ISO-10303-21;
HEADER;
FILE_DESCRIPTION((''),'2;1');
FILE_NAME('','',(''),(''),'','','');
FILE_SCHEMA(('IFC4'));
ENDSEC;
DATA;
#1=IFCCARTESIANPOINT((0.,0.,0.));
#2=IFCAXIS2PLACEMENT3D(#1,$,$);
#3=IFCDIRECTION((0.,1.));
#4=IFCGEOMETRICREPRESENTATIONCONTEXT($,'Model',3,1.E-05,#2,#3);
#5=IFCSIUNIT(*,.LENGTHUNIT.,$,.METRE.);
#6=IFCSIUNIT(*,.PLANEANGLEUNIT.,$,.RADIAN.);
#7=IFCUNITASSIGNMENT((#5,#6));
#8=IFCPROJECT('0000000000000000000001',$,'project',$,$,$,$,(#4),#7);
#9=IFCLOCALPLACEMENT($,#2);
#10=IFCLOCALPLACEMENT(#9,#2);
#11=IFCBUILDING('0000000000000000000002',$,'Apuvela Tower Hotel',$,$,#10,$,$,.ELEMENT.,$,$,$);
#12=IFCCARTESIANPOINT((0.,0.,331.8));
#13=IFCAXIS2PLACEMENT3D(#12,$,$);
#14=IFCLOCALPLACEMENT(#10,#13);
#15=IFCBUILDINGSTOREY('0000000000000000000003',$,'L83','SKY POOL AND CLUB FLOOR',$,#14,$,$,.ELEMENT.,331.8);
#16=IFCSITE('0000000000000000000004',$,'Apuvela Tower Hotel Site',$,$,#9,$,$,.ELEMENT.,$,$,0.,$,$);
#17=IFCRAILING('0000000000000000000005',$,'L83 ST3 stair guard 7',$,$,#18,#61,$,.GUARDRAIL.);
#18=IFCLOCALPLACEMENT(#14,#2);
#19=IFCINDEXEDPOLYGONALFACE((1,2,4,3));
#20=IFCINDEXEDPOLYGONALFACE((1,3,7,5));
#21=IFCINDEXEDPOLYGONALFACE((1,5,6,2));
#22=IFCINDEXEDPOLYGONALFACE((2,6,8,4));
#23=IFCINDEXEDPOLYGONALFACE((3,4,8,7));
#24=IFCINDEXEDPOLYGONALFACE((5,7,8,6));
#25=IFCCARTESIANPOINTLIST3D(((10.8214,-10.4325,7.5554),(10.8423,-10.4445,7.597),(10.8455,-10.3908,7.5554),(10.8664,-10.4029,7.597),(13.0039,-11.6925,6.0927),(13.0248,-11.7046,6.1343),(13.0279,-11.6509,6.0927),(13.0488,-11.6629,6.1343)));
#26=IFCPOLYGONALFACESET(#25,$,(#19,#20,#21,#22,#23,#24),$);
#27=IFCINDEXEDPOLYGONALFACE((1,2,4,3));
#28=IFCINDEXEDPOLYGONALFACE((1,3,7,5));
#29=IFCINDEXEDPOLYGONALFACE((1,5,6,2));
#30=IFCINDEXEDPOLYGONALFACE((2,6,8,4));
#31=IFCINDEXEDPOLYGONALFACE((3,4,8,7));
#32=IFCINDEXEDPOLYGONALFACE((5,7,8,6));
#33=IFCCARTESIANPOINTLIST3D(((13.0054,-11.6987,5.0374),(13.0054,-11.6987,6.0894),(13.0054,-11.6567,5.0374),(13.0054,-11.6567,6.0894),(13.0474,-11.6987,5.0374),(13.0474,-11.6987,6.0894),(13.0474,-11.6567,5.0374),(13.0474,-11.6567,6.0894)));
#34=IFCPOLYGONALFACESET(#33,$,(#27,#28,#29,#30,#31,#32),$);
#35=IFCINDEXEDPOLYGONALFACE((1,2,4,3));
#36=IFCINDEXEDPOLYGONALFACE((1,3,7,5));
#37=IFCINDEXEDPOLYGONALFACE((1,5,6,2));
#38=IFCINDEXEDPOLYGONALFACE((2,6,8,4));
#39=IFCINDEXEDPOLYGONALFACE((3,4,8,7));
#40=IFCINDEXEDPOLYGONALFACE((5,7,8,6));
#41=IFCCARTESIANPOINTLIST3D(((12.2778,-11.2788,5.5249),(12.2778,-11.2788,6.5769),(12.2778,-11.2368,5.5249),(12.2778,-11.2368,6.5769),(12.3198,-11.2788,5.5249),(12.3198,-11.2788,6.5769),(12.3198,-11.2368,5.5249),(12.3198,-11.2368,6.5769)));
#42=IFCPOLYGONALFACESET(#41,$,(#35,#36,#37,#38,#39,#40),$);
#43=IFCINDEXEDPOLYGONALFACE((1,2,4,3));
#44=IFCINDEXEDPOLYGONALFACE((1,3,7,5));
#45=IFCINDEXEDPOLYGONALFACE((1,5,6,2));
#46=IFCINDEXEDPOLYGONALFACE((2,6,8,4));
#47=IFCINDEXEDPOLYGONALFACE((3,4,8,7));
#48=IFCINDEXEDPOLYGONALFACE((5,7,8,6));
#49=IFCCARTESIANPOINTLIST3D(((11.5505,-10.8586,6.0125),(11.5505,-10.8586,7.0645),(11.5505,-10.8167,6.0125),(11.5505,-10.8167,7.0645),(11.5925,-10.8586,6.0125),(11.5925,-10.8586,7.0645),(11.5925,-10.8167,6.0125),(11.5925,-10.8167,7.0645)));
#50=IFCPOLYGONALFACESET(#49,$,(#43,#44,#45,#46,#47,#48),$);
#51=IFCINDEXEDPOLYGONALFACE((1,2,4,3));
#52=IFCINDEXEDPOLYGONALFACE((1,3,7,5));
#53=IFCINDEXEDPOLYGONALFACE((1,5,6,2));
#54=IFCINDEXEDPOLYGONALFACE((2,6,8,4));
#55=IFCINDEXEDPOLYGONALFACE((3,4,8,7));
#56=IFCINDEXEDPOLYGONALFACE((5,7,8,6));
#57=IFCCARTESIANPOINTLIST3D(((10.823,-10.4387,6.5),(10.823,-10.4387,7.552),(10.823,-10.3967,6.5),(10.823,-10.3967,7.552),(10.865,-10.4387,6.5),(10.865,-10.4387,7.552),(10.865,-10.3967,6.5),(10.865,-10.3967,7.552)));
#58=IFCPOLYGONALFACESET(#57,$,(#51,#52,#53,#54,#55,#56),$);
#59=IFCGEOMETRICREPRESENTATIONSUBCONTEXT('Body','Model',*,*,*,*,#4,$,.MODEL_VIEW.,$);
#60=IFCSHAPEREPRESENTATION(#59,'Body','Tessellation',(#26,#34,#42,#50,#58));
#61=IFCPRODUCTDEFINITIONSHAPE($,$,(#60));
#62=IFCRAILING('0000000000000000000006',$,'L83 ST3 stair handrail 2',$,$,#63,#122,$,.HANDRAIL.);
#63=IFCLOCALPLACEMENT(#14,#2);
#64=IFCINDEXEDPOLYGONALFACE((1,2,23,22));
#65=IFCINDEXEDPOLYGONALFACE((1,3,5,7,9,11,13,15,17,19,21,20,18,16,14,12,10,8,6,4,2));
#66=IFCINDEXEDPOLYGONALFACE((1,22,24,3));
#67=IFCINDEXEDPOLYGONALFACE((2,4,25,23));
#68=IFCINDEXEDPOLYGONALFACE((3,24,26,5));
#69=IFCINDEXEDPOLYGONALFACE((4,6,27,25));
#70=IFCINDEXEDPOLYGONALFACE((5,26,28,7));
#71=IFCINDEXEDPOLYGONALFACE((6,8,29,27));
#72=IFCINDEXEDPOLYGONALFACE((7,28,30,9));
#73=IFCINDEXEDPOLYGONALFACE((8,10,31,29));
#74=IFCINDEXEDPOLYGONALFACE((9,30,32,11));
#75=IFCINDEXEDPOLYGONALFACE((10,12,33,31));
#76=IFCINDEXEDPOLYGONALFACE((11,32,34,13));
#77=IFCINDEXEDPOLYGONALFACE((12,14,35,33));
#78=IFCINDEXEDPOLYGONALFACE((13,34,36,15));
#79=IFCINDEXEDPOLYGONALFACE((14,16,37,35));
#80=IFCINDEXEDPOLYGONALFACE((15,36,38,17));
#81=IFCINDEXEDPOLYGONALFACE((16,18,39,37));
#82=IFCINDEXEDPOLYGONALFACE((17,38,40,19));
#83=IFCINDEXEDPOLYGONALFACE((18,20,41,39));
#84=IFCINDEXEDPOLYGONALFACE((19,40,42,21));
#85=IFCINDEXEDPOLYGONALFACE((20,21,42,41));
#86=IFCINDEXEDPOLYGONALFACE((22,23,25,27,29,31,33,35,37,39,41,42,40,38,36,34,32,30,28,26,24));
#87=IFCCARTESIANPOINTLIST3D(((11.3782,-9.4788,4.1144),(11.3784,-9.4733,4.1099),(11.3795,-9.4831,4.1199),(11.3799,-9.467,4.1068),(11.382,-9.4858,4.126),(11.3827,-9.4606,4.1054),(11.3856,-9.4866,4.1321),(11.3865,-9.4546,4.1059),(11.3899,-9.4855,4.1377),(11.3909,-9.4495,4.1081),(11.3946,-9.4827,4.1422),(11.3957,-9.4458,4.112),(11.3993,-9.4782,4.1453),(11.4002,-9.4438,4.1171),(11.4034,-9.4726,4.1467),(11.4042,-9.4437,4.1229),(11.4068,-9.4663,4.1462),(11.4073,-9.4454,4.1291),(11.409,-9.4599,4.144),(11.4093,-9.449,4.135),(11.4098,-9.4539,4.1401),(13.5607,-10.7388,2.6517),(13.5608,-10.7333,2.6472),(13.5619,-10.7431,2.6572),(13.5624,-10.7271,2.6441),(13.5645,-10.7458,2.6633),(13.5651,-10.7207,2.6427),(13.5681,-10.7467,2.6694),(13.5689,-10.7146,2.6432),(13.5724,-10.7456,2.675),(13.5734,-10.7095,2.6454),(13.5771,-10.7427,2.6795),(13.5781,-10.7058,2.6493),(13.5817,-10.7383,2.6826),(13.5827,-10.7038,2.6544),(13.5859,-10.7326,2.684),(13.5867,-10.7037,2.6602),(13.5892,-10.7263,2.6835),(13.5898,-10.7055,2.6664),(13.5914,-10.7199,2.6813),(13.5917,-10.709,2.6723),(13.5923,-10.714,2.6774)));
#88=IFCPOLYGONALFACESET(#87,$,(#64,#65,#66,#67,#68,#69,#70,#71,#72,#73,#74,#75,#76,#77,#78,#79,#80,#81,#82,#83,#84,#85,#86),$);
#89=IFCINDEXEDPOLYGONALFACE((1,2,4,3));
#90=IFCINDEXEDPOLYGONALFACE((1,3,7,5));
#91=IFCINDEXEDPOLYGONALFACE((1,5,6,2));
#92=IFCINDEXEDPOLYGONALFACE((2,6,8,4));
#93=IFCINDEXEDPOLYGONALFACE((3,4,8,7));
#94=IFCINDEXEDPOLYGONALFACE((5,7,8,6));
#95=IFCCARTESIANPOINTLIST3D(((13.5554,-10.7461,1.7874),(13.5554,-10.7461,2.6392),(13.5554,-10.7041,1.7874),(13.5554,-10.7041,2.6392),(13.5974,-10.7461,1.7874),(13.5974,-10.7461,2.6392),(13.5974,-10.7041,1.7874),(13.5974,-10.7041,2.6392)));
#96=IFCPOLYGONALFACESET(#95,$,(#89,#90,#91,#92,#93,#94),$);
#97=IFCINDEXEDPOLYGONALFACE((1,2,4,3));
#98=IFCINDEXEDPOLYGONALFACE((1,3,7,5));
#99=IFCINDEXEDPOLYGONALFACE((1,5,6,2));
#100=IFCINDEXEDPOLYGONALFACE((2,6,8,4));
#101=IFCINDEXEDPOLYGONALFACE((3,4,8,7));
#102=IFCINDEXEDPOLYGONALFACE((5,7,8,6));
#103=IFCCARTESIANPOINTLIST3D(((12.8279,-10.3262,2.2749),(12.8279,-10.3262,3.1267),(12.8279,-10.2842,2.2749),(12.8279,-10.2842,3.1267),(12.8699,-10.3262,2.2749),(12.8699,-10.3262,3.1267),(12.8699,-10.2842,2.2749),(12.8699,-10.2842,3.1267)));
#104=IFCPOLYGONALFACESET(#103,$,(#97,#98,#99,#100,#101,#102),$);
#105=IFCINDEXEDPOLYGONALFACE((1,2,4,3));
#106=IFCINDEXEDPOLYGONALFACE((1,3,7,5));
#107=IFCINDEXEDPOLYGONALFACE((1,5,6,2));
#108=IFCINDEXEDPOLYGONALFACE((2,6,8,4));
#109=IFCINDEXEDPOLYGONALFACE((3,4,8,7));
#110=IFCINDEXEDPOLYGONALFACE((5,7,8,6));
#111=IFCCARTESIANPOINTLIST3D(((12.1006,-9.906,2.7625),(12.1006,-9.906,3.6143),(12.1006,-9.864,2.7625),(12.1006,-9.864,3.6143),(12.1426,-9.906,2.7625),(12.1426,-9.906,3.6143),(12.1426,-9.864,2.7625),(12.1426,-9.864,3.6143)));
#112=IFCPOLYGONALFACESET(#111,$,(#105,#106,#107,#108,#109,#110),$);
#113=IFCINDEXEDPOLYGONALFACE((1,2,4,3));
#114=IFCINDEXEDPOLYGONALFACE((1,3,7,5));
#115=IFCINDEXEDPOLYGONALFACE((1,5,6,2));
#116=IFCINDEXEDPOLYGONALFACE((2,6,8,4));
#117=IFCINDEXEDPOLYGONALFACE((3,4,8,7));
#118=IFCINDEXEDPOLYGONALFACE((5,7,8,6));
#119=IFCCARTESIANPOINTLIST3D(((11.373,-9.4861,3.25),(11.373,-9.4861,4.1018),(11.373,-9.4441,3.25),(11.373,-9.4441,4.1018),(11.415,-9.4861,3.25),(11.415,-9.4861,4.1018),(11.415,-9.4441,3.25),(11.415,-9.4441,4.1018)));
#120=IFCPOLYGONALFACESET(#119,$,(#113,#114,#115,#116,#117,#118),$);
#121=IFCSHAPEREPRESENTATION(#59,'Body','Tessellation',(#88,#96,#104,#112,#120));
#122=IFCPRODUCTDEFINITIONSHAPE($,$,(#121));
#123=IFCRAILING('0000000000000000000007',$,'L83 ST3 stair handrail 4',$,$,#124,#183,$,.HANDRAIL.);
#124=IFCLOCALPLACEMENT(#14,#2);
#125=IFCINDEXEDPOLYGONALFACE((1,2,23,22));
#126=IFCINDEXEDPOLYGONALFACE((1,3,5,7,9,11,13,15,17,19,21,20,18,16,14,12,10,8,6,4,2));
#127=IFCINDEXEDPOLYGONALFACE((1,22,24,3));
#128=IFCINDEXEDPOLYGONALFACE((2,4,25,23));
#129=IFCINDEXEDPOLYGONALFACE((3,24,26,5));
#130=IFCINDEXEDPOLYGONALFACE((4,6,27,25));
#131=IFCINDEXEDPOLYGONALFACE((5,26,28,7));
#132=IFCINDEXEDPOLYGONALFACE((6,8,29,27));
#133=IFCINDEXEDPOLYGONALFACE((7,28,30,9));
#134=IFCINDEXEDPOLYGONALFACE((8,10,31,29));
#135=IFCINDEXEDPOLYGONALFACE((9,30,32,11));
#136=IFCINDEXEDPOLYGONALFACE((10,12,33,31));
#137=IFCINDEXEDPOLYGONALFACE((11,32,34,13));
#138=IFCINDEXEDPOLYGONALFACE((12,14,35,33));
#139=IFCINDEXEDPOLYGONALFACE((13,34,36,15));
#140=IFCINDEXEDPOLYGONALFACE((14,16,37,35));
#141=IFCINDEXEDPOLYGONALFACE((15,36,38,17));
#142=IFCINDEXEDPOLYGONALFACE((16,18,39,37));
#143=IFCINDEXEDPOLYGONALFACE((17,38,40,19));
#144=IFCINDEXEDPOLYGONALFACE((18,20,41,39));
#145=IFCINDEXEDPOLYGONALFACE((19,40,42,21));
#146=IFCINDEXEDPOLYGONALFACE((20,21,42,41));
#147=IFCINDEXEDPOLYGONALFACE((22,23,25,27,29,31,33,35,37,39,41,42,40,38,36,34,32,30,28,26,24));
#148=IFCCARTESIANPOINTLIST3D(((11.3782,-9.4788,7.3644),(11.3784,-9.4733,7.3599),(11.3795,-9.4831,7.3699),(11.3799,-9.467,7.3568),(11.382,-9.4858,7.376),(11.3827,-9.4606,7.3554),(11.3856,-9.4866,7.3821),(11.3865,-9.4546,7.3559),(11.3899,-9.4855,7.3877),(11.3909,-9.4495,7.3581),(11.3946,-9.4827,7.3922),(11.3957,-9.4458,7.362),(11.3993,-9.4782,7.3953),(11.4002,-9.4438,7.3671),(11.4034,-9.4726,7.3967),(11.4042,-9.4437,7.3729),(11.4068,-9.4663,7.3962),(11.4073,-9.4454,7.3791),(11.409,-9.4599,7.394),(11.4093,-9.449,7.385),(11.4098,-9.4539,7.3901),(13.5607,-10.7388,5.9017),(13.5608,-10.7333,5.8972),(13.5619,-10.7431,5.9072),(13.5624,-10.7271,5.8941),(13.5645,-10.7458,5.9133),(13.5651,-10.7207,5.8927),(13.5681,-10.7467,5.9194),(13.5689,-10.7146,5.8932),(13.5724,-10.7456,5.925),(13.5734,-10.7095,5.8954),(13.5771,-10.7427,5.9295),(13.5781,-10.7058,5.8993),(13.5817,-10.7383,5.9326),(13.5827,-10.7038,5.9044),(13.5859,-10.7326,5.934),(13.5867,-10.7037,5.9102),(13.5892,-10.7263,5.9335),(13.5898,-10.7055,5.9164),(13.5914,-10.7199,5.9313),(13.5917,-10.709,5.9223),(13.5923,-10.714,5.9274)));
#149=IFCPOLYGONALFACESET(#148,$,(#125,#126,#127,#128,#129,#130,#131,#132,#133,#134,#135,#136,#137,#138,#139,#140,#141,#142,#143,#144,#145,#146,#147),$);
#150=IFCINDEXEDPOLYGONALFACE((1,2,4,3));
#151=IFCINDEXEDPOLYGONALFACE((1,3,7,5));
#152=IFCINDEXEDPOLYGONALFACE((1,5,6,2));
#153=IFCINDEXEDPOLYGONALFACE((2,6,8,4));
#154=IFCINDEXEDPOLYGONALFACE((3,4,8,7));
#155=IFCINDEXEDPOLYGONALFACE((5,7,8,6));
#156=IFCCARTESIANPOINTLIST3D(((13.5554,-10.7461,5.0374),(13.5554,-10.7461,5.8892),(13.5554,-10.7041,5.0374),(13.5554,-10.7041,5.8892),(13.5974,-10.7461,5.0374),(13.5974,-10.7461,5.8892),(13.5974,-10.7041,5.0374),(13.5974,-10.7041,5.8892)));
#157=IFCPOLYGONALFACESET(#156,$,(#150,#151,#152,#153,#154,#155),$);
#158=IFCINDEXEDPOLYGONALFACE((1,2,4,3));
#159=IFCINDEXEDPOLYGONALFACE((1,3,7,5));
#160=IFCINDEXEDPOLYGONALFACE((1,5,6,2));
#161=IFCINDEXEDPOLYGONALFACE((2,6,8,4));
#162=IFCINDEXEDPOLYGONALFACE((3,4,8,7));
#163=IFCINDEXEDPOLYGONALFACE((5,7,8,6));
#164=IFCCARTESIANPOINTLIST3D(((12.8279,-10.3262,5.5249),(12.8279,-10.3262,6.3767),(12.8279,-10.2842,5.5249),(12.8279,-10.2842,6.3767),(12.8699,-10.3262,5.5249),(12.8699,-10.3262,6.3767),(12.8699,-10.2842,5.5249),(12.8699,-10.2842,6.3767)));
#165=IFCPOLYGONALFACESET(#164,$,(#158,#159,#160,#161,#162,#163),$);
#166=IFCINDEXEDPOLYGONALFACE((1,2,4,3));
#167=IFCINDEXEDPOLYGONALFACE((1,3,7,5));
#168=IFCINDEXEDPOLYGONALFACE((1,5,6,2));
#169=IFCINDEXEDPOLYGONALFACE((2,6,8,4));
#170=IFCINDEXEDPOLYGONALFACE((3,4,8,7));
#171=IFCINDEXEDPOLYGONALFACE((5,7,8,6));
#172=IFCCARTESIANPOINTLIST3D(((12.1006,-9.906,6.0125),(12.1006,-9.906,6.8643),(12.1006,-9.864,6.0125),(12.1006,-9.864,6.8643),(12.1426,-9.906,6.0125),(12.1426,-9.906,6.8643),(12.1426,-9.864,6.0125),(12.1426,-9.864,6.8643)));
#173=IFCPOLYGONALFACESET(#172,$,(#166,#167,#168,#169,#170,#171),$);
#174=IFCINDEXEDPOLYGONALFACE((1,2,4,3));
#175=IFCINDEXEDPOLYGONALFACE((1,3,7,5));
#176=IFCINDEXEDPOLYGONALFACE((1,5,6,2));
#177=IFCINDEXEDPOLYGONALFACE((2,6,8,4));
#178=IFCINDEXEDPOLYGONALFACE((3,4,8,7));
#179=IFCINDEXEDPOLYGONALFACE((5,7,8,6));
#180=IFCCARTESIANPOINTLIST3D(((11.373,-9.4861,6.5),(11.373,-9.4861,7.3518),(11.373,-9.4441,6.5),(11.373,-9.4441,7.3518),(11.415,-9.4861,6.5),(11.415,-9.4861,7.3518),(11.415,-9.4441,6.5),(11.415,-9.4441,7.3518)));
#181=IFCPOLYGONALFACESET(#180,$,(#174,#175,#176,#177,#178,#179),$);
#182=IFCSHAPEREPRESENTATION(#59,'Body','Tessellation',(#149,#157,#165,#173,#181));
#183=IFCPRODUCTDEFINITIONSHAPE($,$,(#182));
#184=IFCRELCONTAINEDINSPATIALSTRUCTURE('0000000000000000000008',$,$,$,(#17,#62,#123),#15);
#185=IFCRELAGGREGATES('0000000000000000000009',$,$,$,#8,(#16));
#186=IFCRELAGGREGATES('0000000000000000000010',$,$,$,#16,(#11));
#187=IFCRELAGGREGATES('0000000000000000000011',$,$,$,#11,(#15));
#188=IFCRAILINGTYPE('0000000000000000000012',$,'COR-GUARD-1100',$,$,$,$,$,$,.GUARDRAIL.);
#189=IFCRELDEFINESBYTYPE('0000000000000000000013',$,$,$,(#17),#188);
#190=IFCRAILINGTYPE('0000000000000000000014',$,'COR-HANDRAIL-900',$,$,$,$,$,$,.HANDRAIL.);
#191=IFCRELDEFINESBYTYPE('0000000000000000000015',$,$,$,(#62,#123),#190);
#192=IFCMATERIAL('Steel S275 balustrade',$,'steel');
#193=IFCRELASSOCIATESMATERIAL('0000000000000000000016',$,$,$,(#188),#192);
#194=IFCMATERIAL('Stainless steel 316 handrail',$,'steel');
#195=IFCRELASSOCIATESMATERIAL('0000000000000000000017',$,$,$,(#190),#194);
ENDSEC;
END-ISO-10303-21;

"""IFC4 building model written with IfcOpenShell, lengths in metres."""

from ifc_helpers import new_model, si_unit, direction, frame, origin, origin_2d, place, context, subcontext, project, spatial, rectangle, circle, extrude, material, type_object, element, save


model = new_model("IFC4")

# Units and contexts
model_context = context("Model", 3, precision=1e-05, world=origin(), true_north=direction((0.0, 1.0)))
body_context = subcontext(model_context, "Body", "Model", "MODEL_VIEW")
ifc_project = project(units=[si_unit("LENGTHUNIT", "METRE"), si_unit("PLANEANGLEUNIT", "RADIAN")], contexts=[model_context])

# Site, building, storey
site_placement = place(None, origin())
site = spatial("IfcSite", under=ifc_project, at=site_placement, Name="Apuvela Tower Hotel Site", CompositionType="ELEMENT", RefElevation=0.0)
building_placement = place(site_placement, origin())
building = spatial("IfcBuilding", under=site, at=building_placement, Name="Apuvela Tower Hotel", CompositionType="ELEMENT")
storey_placement = place(building_placement, frame((0.0, 0.0, 331.8)))
storey = spatial("IfcBuildingStorey", under=building, at=storey_placement, Name="L83", Description="SKY POOL AND CLUB FLOOR", CompositionType="ELEMENT", Elevation=331.8)

# Railings
ifc_material_1 = material(Name="Steel S275 balustrade", Category="steel")
railing_type_1 = type_object("IfcRailingType", Name="COR-GUARD-1100", PredefinedType="GUARDRAIL", material=ifc_material_1)
railing_1_placement = place(storey_placement, frame((13.0264, -11.6777, 5.0374)))
element("IfcRailing", 1, at=railing_1_placement, inside=storey, type_object=railing_type_1, Name="L83 ST3 stair guard 7", PredefinedType="GUARDRAIL", context=body_context, shape_type="SweptSolid", body=[
    extrude(rectangle(XDim=0.0481, YDim=0.0481, at=origin_2d()), frame((0.0, 0.0, 1.0762), z_axis=(-0.749001, 0.432442, 0.501988), x_axis=(-0.500005, -0.866023, 0.0)), (0.0, 0.0, 1.0), 2.9138),
    extrude(rectangle(XDim=0.042, YDim=0.042, at=origin_2d()), origin(), (0.0, 0.0, 1.0), 1.052),
    extrude(rectangle(XDim=0.042, YDim=0.042, at=origin_2d()), frame((-0.7275, 0.4199, 0.4875)), (0.0, 0.0, 1.0), 1.052),
    extrude(rectangle(XDim=0.042, YDim=0.042, at=origin_2d()), frame((-1.4548, 0.8401, 0.9751)), (0.0, 0.0, 1.0), 1.052),
    extrude(rectangle(XDim=0.042, YDim=0.042, at=origin_2d()), frame((-2.1824, 1.26, 1.4626)), (0.0, 0.0, 1.0), 1.052),
])
ifc_material_2 = material(Name="Stainless steel 316 handrail", Category="steel")
railing_type_2 = type_object("IfcRailingType", Name="COR-HANDRAIL-900", PredefinedType="HANDRAIL", material=ifc_material_2)
for number, where, name in (
    (2, (13.5764, -10.7251, 1.7874), "L83 ST3 stair handrail 2"),
    (3, (13.5764, -10.7251, 5.0374), "L83 ST3 stair handrail 4"),
):
    element("IfcRailing", number, at=place(storey_placement, frame(where)), inside=storey, type_object=railing_type_2, Name=name, PredefinedType="HANDRAIL", context=body_context, shape_type="SweptSolid", body=[
        extrude(circle(Radius=0.0239, at=origin_2d()), frame((0.0, 0.0, 0.876), z_axis=(-0.749001, 0.432442, 0.501988), x_axis=(-0.500005, -0.866023, 0.0)), (0.0, 0.0, 1.0), 2.9138),
        extrude(rectangle(XDim=0.042, YDim=0.042, at=origin_2d()), origin(), (0.0, 0.0, 1.0), 0.8518),
        extrude(rectangle(XDim=0.042, YDim=0.042, at=origin_2d()), frame((-0.7275, 0.4199, 0.4875)), (0.0, 0.0, 1.0), 0.8518),
        extrude(rectangle(XDim=0.042, YDim=0.042, at=origin_2d()), frame((-1.4548, 0.8401, 0.9751)), (0.0, 0.0, 1.0), 0.8518),
        extrude(rectangle(XDim=0.042, YDim=0.042, at=origin_2d()), frame((-2.1824, 1.26, 1.4626)), (0.0, 0.0, 1.0), 0.8518),
    ])

save(model, "model.ifc")
